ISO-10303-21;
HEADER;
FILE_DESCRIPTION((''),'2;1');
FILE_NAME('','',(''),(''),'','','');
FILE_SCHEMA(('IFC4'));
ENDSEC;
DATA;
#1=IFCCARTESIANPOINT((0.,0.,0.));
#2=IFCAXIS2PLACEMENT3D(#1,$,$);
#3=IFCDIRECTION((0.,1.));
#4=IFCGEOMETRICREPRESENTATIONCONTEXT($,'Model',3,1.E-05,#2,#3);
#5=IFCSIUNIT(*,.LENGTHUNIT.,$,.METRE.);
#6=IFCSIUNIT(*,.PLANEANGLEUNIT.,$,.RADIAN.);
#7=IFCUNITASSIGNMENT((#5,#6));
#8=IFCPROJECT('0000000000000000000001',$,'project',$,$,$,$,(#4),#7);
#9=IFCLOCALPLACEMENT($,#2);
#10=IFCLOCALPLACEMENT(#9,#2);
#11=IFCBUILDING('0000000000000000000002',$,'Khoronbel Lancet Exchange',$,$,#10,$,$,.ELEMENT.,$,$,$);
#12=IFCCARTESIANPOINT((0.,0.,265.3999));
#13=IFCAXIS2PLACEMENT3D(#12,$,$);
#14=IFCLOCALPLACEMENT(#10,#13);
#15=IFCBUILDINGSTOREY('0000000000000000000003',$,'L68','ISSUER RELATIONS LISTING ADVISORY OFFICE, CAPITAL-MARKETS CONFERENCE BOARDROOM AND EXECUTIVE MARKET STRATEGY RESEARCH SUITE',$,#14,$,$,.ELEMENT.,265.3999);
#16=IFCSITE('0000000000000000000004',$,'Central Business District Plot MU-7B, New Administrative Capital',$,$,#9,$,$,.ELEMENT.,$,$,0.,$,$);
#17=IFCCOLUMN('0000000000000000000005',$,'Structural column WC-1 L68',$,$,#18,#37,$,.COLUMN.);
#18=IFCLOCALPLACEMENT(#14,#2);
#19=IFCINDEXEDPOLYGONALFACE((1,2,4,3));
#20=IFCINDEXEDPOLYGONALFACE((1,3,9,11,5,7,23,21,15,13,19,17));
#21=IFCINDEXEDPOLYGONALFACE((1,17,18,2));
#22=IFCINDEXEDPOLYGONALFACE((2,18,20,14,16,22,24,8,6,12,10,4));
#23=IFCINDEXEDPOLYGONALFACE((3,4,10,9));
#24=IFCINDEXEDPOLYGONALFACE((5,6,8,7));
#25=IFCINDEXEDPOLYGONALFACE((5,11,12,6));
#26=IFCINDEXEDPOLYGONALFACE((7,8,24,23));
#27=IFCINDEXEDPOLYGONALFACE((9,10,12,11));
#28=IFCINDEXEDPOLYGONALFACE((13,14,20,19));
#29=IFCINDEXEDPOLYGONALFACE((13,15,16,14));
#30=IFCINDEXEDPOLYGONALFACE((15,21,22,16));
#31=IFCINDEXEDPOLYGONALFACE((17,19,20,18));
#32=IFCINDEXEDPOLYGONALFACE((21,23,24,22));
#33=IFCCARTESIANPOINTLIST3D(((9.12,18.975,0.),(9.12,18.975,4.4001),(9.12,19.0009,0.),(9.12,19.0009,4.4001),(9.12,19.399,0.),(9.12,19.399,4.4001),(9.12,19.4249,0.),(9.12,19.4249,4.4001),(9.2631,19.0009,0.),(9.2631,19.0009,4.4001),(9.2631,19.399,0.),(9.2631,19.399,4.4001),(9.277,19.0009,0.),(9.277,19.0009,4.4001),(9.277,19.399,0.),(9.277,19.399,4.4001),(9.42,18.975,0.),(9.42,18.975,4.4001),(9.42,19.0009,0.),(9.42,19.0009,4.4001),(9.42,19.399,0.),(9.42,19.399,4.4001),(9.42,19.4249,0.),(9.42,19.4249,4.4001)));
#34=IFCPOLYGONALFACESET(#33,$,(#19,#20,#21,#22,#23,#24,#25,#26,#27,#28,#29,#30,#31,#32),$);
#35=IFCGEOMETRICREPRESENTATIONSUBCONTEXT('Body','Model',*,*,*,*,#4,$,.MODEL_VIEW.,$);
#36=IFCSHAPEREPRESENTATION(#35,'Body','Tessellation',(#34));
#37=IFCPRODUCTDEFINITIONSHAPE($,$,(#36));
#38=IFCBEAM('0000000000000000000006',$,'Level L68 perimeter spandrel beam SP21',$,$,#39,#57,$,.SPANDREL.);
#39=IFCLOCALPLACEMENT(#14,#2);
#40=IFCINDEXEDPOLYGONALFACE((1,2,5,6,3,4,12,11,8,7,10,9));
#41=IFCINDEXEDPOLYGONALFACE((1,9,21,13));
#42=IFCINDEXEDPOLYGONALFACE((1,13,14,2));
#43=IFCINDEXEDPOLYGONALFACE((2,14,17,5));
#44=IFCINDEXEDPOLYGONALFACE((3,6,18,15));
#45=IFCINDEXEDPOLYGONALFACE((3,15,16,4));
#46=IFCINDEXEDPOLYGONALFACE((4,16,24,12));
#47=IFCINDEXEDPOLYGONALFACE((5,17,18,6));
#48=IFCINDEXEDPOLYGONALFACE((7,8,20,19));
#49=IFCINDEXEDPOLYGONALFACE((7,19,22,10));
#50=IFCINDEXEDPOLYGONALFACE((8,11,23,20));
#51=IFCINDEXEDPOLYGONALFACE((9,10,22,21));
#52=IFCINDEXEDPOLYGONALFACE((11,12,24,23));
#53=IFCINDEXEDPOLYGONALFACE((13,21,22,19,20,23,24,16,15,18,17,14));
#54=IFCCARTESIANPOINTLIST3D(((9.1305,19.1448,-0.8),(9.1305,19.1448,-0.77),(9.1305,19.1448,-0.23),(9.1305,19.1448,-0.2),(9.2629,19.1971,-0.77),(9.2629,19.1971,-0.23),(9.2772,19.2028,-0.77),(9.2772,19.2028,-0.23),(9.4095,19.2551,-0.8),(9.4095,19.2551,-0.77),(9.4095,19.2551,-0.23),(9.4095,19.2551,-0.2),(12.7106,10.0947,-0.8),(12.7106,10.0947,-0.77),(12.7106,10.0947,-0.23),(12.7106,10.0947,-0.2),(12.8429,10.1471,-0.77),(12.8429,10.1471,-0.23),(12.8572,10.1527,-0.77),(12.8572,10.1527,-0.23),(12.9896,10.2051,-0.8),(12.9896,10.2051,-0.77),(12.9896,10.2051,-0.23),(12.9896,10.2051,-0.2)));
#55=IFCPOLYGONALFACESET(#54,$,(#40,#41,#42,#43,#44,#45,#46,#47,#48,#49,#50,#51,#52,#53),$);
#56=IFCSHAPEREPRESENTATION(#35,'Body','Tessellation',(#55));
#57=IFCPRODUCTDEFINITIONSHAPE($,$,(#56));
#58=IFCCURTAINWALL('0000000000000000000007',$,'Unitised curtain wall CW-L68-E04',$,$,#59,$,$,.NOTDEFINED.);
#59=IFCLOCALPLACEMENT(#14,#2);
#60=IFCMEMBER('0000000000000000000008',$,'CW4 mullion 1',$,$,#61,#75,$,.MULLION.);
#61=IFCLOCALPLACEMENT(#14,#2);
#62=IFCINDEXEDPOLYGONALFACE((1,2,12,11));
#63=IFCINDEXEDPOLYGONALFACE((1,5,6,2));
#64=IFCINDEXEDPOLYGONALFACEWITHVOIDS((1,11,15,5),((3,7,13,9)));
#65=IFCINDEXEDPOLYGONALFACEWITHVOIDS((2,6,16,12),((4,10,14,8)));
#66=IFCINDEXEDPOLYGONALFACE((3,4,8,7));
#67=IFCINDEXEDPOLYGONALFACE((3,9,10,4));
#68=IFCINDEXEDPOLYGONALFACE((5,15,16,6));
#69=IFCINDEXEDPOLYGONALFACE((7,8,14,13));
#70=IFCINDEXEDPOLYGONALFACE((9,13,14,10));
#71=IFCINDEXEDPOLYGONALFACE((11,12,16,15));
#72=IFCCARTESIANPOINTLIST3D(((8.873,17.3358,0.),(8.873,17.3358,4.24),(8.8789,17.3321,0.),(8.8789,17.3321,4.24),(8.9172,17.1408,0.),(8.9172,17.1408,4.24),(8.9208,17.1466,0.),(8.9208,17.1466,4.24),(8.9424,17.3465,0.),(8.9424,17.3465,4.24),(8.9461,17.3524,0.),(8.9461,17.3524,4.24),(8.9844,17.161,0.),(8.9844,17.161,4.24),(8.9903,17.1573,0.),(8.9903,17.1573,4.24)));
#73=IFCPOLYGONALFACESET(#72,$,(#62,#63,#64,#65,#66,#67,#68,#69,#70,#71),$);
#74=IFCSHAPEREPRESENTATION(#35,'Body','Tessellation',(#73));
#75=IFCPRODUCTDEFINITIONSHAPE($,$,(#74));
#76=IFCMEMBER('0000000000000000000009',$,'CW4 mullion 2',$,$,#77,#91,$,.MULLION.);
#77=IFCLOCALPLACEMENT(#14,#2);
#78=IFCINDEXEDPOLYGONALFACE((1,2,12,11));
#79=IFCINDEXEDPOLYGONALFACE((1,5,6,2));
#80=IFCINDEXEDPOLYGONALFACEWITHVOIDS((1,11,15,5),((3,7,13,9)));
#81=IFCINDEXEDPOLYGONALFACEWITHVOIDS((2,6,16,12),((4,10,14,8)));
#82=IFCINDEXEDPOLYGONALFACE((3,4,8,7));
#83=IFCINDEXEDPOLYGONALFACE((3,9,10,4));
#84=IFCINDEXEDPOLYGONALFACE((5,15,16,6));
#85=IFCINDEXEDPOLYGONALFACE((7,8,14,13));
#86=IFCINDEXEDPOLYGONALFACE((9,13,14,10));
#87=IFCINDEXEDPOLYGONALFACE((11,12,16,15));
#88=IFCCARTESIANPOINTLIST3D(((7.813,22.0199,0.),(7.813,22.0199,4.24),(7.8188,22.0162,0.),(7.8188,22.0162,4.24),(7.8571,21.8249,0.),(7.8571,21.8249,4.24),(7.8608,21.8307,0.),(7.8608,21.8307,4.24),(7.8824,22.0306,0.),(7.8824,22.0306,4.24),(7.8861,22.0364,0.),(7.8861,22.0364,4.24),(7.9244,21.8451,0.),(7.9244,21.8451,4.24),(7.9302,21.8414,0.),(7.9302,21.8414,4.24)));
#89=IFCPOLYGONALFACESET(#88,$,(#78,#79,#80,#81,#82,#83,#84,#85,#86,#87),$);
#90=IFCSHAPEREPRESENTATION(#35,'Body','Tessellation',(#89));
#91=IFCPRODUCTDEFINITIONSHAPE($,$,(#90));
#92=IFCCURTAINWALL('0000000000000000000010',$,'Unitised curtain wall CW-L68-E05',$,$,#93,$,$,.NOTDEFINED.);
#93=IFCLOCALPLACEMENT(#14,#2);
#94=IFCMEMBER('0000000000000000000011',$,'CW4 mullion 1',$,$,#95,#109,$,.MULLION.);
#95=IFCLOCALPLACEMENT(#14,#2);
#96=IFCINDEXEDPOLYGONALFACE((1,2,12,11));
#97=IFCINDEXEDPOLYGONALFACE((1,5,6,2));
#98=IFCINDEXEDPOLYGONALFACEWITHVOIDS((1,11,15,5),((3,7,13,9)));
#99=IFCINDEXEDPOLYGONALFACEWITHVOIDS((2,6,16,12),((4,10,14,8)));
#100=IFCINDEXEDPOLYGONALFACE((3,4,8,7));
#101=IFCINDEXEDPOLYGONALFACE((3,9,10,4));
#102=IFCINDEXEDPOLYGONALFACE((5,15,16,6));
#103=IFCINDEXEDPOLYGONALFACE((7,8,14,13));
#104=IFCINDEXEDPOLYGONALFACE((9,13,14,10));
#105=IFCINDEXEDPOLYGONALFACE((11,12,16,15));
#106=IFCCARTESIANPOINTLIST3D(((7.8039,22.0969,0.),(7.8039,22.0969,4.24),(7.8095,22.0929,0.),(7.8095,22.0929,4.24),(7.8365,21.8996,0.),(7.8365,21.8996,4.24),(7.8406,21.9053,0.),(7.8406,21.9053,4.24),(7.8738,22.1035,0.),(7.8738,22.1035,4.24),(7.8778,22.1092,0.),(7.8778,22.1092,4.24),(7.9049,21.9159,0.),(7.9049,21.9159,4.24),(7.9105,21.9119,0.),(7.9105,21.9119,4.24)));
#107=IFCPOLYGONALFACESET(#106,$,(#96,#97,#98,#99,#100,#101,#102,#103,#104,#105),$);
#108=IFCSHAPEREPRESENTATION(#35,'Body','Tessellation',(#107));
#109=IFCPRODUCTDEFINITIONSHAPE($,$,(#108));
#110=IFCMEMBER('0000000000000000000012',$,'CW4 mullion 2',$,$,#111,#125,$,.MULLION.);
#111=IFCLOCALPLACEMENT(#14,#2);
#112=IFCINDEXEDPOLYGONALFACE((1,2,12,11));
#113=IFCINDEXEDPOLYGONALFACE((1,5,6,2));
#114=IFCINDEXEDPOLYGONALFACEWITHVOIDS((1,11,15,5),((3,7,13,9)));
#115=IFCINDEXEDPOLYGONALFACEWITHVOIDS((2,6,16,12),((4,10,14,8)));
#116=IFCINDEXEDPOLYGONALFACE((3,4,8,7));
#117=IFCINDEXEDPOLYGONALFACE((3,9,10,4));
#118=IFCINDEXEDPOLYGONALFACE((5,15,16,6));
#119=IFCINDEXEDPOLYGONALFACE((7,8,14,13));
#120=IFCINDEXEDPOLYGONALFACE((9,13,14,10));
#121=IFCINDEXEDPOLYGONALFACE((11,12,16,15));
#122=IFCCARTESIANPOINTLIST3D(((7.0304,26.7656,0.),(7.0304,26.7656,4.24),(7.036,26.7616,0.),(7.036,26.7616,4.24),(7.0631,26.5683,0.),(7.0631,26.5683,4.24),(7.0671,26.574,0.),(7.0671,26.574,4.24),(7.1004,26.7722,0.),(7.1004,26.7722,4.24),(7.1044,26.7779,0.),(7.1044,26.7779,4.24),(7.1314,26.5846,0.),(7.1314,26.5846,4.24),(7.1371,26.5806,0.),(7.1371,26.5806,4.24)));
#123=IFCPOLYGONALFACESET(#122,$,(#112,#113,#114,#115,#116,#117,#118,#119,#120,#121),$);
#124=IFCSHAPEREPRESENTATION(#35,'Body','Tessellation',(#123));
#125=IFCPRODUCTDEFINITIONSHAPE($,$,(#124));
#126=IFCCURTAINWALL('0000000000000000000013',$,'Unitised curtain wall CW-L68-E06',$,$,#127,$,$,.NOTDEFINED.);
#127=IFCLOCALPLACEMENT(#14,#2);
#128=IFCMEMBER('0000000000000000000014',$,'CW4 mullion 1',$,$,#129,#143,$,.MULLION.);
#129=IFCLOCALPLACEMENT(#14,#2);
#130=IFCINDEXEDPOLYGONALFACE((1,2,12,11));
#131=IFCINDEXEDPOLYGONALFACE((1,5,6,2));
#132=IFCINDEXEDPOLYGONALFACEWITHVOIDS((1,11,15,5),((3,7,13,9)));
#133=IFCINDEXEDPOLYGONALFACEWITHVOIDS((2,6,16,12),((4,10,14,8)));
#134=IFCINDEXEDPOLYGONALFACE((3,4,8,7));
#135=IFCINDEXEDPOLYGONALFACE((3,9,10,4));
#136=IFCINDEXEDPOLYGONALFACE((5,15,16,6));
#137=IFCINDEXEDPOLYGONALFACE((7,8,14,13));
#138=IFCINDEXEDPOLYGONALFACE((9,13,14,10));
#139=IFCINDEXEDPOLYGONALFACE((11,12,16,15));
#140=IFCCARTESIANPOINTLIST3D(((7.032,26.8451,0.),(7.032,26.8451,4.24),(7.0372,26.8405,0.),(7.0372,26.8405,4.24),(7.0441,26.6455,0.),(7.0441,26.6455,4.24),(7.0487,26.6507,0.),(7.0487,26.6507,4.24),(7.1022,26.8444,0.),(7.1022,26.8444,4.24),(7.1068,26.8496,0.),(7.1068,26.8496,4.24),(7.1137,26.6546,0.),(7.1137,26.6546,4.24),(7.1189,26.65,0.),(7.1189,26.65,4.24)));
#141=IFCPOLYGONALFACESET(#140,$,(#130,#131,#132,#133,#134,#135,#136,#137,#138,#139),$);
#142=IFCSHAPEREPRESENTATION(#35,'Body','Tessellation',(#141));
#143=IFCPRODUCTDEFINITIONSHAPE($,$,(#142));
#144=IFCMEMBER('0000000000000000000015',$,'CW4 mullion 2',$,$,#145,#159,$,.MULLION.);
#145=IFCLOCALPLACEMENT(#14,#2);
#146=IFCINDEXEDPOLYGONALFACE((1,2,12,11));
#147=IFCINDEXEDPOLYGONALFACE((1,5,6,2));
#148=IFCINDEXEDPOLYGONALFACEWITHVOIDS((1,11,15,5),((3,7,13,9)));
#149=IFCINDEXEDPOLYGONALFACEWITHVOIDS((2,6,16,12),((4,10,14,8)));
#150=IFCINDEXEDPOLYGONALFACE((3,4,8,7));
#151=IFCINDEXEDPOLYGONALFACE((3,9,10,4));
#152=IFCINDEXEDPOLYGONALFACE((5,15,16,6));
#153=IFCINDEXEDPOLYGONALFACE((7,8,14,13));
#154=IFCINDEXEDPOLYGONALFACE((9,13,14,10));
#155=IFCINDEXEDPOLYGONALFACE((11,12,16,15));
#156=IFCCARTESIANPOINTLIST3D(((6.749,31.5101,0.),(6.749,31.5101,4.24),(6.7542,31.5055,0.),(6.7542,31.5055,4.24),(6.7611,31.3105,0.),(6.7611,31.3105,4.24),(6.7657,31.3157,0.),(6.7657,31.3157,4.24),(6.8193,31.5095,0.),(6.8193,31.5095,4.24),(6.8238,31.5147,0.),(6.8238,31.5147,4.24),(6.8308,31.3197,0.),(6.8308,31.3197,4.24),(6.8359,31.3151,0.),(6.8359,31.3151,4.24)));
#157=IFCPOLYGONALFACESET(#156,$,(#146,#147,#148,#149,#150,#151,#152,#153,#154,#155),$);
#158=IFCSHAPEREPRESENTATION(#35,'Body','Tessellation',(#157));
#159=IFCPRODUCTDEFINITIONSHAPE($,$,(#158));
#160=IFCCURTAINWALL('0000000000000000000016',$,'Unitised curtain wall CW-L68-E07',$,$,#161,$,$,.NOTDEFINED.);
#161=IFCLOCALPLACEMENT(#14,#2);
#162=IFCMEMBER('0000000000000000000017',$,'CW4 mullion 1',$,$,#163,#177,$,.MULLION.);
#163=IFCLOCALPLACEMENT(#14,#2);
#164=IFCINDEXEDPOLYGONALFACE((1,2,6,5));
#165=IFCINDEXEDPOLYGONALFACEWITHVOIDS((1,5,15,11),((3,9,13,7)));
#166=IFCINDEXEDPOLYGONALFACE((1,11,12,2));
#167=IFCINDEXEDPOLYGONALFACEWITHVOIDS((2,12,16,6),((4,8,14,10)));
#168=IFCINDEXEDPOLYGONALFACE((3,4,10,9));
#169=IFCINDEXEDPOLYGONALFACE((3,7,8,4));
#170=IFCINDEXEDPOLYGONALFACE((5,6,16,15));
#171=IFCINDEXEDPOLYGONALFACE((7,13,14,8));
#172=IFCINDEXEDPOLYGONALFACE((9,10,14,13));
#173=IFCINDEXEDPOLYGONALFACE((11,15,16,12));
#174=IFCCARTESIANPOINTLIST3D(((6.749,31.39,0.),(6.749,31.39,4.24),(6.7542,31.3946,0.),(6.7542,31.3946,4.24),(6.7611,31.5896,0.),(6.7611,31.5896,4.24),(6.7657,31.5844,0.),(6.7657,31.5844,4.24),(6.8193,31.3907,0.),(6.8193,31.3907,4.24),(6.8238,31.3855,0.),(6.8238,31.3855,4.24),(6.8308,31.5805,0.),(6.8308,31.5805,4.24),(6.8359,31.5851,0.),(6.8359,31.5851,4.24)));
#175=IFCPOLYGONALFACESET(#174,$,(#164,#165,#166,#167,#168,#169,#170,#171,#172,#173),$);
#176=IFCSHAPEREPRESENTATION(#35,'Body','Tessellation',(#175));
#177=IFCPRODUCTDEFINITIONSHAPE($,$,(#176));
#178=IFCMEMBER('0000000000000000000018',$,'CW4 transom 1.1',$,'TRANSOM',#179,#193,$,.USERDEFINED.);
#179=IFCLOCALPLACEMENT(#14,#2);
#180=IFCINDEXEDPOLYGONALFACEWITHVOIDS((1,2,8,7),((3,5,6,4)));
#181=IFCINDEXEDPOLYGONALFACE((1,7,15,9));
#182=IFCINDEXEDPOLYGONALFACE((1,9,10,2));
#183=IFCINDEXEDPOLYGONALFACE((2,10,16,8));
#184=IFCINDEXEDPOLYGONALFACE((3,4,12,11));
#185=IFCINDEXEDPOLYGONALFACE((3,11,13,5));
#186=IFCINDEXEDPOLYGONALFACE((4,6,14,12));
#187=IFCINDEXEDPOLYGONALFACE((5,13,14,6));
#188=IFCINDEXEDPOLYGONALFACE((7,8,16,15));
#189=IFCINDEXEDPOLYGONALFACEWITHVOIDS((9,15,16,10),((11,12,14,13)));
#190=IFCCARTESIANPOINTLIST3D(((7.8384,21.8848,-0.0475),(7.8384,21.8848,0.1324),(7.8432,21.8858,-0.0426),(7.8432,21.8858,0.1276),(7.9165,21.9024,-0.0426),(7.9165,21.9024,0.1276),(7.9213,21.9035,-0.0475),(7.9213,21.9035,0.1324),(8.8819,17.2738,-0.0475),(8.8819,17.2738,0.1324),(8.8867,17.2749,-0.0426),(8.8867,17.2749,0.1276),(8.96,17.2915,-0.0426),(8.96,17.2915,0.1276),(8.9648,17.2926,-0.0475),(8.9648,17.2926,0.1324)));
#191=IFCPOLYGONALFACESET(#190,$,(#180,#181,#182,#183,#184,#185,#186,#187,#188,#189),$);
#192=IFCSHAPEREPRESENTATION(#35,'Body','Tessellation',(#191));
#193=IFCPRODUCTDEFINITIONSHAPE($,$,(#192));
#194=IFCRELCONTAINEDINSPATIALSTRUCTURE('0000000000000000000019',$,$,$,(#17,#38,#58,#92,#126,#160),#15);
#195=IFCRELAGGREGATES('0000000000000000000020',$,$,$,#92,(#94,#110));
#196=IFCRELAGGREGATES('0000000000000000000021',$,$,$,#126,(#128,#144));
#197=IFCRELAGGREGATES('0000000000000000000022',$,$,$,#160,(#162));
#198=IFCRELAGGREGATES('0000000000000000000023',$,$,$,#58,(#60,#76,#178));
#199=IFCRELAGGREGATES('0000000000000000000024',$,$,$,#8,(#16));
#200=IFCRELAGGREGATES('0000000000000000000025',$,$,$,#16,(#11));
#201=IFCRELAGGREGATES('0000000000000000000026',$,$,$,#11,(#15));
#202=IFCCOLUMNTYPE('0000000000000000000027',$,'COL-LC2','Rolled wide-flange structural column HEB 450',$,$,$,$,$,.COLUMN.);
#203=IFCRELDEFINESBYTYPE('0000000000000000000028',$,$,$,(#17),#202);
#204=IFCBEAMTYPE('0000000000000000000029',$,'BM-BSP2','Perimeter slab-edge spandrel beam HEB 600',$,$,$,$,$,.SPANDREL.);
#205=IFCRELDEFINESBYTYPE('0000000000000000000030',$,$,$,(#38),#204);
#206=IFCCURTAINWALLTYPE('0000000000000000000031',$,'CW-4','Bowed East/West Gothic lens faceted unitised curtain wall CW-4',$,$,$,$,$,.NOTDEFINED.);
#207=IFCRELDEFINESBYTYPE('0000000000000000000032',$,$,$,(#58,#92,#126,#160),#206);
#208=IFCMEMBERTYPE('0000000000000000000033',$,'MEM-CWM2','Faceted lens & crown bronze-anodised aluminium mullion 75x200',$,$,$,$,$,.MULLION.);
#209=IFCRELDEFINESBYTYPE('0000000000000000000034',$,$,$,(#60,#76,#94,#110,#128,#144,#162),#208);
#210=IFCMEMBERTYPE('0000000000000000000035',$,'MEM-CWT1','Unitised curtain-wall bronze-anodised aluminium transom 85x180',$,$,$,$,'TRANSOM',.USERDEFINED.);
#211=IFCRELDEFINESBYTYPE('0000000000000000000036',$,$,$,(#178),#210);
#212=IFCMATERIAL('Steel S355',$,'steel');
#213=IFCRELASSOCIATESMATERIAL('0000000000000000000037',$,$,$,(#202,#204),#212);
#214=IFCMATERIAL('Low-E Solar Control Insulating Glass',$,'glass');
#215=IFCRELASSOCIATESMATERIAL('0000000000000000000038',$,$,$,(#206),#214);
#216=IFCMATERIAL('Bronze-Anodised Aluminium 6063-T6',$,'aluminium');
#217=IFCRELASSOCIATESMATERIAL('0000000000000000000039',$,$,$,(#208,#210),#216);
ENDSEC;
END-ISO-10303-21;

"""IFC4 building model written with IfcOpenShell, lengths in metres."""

from ifc_helpers import new_model, si_unit, direction, frame, origin, origin_2d, place, context, subcontext, project, spatial, hollow_rectangle, i_section, extrude, material, material_profile, profile_set, type_object, element, aggregate, save


model = new_model("IFC4")

# Units and contexts
model_context = context("Model", 3, precision=1e-05, world=origin(), true_north=direction((0.0, 1.0)))
body_context = subcontext(model_context, "Body", "Model", "MODEL_VIEW")
ifc_project = project(units=[si_unit("LENGTHUNIT", "METRE"), si_unit("PLANEANGLEUNIT", "RADIAN")], contexts=[model_context])

# Site, building, storey
site_placement = place(None, origin())
site = spatial("IfcSite", under=ifc_project, at=site_placement, Name="Central Business District Plot MU-7B, New Administrative Capital", CompositionType="ELEMENT", RefElevation=0.0)
building_placement = place(site_placement, origin())
building = spatial("IfcBuilding", under=site, at=building_placement, Name="Khoronbel Lancet Exchange", CompositionType="ELEMENT")
storey_placement = place(building_placement, frame((0.0, 0.0, 265.3999)))
storey = spatial("IfcBuildingStorey", under=building, at=storey_placement, Name="L68", Description="ISSUER RELATIONS LISTING ADVISORY OFFICE, CAPITAL-MARKETS CONFERENCE BOARDROOM AND EXECUTIVE MARKET STRATEGY RESEARCH SUITE", CompositionType="ELEMENT", Elevation=265.3999)

# Column
ifc_material_1 = material(Name="Steel S355", Category="steel")
ifc_material_profile_1 = material_profile(ifc_material_1, i_section(OverallWidth=0.3, OverallDepth=0.45, WebThickness=0.0139, FlangeThickness=0.0259, at=origin_2d()), Name="HEB 450")
ifc_profile_set_1 = profile_set([ifc_material_profile_1], Name="Steel S355")
column_type = type_object("IfcColumnType", Name="COL-LC2", Description="Rolled wide-flange structural column HEB 450", PredefinedType="COLUMN", material=ifc_profile_set_1)
column_placement = place(storey_placement, frame((9.27, 19.2, 0.0), z_axis=(0.0, 0.0, 1.0), x_axis=(1.0, 0.0, 0.0)))
element("IfcColumn", 1, at=column_placement, inside=storey, type_object=column_type, Name="Structural column WC-1 L68", PredefinedType="COLUMN", context=body_context, shape_type="SweptSolid", body=[
    extrude(i_section(OverallWidth=0.3, OverallDepth=0.45, WebThickness=0.0139, FlangeThickness=0.0259, at=origin_2d()), origin(), (0.0, 0.0, 1.0), 4.4001),
])

# Beam
ifc_material_profile_2 = material_profile(ifc_material_1, i_section(OverallWidth=0.3, OverallDepth=0.6001, WebThickness=0.0154, FlangeThickness=0.03, at=origin_2d()), Name="HEB 600")
ifc_profile_set_2 = profile_set([ifc_material_profile_2], Name="Steel S355")
beam_type = type_object("IfcBeamType", Name="BM-BSP2", Description="Perimeter slab-edge spandrel beam HEB 600", PredefinedType="SPANDREL", material=ifc_profile_set_2)
beam_placement = place(storey_placement, frame((9.27, 19.2, -0.5), z_axis=(0.36785, -0.929885, 0.0), x_axis=(0.929885, 0.36785, 0.0)))
element("IfcBeam", 2, at=beam_placement, inside=storey, type_object=beam_type, Name="Level L68 perimeter spandrel beam SP21", PredefinedType="SPANDREL", context=body_context, shape_type="SweptSolid", body=[
    extrude(i_section(OverallWidth=0.3, OverallDepth=0.6001, WebThickness=0.0154, FlangeThickness=0.03, at=origin_2d()), origin(), (0.0, 0.0, 1.0), 9.7324),
])

# Curtain walls, members
ifc_material_2 = material(Name="Low-E Solar Control Insulating Glass", Category="glass")
curtain_wall_type = type_object("IfcCurtainWallType", Name="CW-4", Description="Bowed East/West Gothic lens faceted unitised curtain wall CW-4", PredefinedType="NOTDEFINED", material=ifc_material_2)
curtain_wall_1_placement = place(storey_placement, origin())
curtain_wall_1 = element("IfcCurtainWall", 3, at=curtain_wall_1_placement, inside=storey, type_object=curtain_wall_type, Name="Unitised curtain wall CW-L68-E04", PredefinedType="NOTDEFINED")
ifc_material_3 = material(Name="Bronze-Anodised Aluminium 6063-T6", Category="aluminium")
ifc_material_profile_3 = material_profile(ifc_material_3, hollow_rectangle(XDim=0.075, YDim=0.2, WallThickness=0.0049, at=origin_2d()), Name="ALU MULLION 75x200")
ifc_profile_set_3 = profile_set([ifc_material_profile_3], Name="Bronze-Anodised Aluminium 6063-T6")
member_type_1 = type_object("IfcMemberType", Name="MEM-CWM2", Description="Faceted lens & crown bronze-anodised aluminium mullion 75x200", PredefinedType="MULLION", material=ifc_profile_set_3)
member_1_placement = place(storey_placement, frame((8.9316, 17.2466, 0.0), z_axis=(0.0, 0.0, 1.0), x_axis=(-0.975335, -0.220728, 0.0)))
member_1 = element("IfcMember", 4, at=member_1_placement, type_object=member_type_1, Name="CW4 mullion 1", PredefinedType="MULLION", context=body_context, shape_type="SweptSolid", body=[
    extrude(hollow_rectangle(XDim=0.075, YDim=0.2, WallThickness=0.0049, at=origin_2d()), origin(), (0.0, 0.0, 1.0), 4.24),
])
member_2_placement = place(storey_placement, frame((7.8716, 21.9307, 0.0), z_axis=(0.0, 0.0, 1.0), x_axis=(-0.975335, -0.220728, 0.0)))
member_2 = element("IfcMember", 5, at=member_2_placement, type_object=member_type_1, Name="CW4 mullion 2", PredefinedType="MULLION", context=body_context, shape_type="SweptSolid", body=[
    extrude(hollow_rectangle(XDim=0.075, YDim=0.2, WallThickness=0.0049, at=origin_2d()), origin(), (0.0, 0.0, 1.0), 4.24),
])
curtain_wall_2_placement = place(storey_placement, origin())
curtain_wall_2 = element("IfcCurtainWall", 6, at=curtain_wall_2_placement, inside=storey, type_object=curtain_wall_type, Name="Unitised curtain wall CW-L68-E05", PredefinedType="NOTDEFINED")
member_3_placement = place(storey_placement, frame((7.8572, 22.0044, 0.0), z_axis=(0.0, 0.0, 1.0), x_axis=(-0.986551, -0.163454, 0.0)))
member_3 = element("IfcMember", 7, at=member_3_placement, type_object=member_type_1, Name="CW4 mullion 1", PredefinedType="MULLION", context=body_context, shape_type="SweptSolid", body=[
    extrude(hollow_rectangle(XDim=0.075, YDim=0.2, WallThickness=0.0049, at=origin_2d()), origin(), (0.0, 0.0, 1.0), 4.24),
])
member_4_placement = place(storey_placement, frame((7.0837, 26.6731, 0.0), z_axis=(0.0, 0.0, 1.0), x_axis=(-0.986551, -0.163454, 0.0)))
member_4 = element("IfcMember", 8, at=member_4_placement, type_object=member_type_1, Name="CW4 mullion 2", PredefinedType="MULLION", context=body_context, shape_type="SweptSolid", body=[
    extrude(hollow_rectangle(XDim=0.075, YDim=0.2, WallThickness=0.0049, at=origin_2d()), origin(), (0.0, 0.0, 1.0), 4.24),
])
curtain_wall_3_placement = place(storey_placement, origin())
curtain_wall_3 = element("IfcCurtainWall", 9, at=curtain_wall_3_placement, inside=storey, type_object=curtain_wall_type, Name="Unitised curtain wall CW-L68-E06", PredefinedType="NOTDEFINED")
member_5_placement = place(storey_placement, frame((7.0754, 26.7476, 0.0), z_axis=(0.0, 0.0, 1.0), x_axis=(-0.998167, -0.060523, 0.0)))
member_5 = element("IfcMember", 10, at=member_5_placement, type_object=member_type_1, Name="CW4 mullion 1", PredefinedType="MULLION", context=body_context, shape_type="SweptSolid", body=[
    extrude(hollow_rectangle(XDim=0.075, YDim=0.2, WallThickness=0.0049, at=origin_2d()), origin(), (0.0, 0.0, 1.0), 4.24),
])
member_6_placement = place(storey_placement, frame((6.7925, 31.4126, 0.0), z_axis=(0.0, 0.0, 1.0), x_axis=(-0.998167, -0.060523, 0.0)))
member_6 = element("IfcMember", 11, at=member_6_placement, type_object=member_type_1, Name="CW4 mullion 2", PredefinedType="MULLION", context=body_context, shape_type="SweptSolid", body=[
    extrude(hollow_rectangle(XDim=0.075, YDim=0.2, WallThickness=0.0049, at=origin_2d()), origin(), (0.0, 0.0, 1.0), 4.24),
])

# Curtain wall, member
curtain_wall_4_placement = place(storey_placement, origin())
curtain_wall_4 = element("IfcCurtainWall", 12, at=curtain_wall_4_placement, inside=storey, type_object=curtain_wall_type, Name="Unitised curtain wall CW-L68-E07", PredefinedType="NOTDEFINED")
member_7_placement = place(storey_placement, frame((6.7925, 31.4875, 0.0), z_axis=(0.0, 0.0, 1.0), x_axis=(-0.998167, 0.060523, 0.0)))
member_7 = element("IfcMember", 13, at=member_7_placement, type_object=member_type_1, Name="CW4 mullion 1", PredefinedType="MULLION", context=body_context, shape_type="SweptSolid", body=[
    extrude(hollow_rectangle(XDim=0.075, YDim=0.2, WallThickness=0.0049, at=origin_2d()), origin(), (0.0, 0.0, 1.0), 4.24),
])

# Member
ifc_material_profile_4 = material_profile(ifc_material_3, hollow_rectangle(XDim=0.085, YDim=0.1799, WallThickness=0.0049, at=origin_2d()), Name="ALU TRANSOM 85x180")
ifc_profile_set_4 = profile_set([ifc_material_profile_4], Name="Bronze-Anodised Aluminium 6063-T6")
member_type_2 = type_object("IfcMemberType", Name="MEM-CWT1", Description="Unitised curtain-wall bronze-anodised aluminium transom 85x180", ElementType="TRANSOM", PredefinedType="USERDEFINED", material=ifc_profile_set_4)
member_8_placement = place(storey_placement, frame((8.9233, 17.2832, 0.0425), z_axis=(-0.220724, 0.975336, 0.0), x_axis=(-0.975336, -0.220724, 0.0)))
member_8 = element("IfcMember", 14, at=member_8_placement, type_object=member_type_2, Name="CW4 transom 1.1", ObjectType="TRANSOM", PredefinedType="USERDEFINED", context=body_context, shape_type="SweptSolid", body=[
    extrude(hollow_rectangle(XDim=0.085, YDim=0.1799, WallThickness=0.0049, at=origin_2d()), origin(), (0.0, 0.0, 1.0), 4.7275),
])

aggregate(curtain_wall_2, [member_3, member_4])
aggregate(curtain_wall_3, [member_5, member_6])
aggregate(curtain_wall_4, [member_7])
aggregate(curtain_wall_1, [member_1, member_2, member_8])

save(model, "model.ifc")
